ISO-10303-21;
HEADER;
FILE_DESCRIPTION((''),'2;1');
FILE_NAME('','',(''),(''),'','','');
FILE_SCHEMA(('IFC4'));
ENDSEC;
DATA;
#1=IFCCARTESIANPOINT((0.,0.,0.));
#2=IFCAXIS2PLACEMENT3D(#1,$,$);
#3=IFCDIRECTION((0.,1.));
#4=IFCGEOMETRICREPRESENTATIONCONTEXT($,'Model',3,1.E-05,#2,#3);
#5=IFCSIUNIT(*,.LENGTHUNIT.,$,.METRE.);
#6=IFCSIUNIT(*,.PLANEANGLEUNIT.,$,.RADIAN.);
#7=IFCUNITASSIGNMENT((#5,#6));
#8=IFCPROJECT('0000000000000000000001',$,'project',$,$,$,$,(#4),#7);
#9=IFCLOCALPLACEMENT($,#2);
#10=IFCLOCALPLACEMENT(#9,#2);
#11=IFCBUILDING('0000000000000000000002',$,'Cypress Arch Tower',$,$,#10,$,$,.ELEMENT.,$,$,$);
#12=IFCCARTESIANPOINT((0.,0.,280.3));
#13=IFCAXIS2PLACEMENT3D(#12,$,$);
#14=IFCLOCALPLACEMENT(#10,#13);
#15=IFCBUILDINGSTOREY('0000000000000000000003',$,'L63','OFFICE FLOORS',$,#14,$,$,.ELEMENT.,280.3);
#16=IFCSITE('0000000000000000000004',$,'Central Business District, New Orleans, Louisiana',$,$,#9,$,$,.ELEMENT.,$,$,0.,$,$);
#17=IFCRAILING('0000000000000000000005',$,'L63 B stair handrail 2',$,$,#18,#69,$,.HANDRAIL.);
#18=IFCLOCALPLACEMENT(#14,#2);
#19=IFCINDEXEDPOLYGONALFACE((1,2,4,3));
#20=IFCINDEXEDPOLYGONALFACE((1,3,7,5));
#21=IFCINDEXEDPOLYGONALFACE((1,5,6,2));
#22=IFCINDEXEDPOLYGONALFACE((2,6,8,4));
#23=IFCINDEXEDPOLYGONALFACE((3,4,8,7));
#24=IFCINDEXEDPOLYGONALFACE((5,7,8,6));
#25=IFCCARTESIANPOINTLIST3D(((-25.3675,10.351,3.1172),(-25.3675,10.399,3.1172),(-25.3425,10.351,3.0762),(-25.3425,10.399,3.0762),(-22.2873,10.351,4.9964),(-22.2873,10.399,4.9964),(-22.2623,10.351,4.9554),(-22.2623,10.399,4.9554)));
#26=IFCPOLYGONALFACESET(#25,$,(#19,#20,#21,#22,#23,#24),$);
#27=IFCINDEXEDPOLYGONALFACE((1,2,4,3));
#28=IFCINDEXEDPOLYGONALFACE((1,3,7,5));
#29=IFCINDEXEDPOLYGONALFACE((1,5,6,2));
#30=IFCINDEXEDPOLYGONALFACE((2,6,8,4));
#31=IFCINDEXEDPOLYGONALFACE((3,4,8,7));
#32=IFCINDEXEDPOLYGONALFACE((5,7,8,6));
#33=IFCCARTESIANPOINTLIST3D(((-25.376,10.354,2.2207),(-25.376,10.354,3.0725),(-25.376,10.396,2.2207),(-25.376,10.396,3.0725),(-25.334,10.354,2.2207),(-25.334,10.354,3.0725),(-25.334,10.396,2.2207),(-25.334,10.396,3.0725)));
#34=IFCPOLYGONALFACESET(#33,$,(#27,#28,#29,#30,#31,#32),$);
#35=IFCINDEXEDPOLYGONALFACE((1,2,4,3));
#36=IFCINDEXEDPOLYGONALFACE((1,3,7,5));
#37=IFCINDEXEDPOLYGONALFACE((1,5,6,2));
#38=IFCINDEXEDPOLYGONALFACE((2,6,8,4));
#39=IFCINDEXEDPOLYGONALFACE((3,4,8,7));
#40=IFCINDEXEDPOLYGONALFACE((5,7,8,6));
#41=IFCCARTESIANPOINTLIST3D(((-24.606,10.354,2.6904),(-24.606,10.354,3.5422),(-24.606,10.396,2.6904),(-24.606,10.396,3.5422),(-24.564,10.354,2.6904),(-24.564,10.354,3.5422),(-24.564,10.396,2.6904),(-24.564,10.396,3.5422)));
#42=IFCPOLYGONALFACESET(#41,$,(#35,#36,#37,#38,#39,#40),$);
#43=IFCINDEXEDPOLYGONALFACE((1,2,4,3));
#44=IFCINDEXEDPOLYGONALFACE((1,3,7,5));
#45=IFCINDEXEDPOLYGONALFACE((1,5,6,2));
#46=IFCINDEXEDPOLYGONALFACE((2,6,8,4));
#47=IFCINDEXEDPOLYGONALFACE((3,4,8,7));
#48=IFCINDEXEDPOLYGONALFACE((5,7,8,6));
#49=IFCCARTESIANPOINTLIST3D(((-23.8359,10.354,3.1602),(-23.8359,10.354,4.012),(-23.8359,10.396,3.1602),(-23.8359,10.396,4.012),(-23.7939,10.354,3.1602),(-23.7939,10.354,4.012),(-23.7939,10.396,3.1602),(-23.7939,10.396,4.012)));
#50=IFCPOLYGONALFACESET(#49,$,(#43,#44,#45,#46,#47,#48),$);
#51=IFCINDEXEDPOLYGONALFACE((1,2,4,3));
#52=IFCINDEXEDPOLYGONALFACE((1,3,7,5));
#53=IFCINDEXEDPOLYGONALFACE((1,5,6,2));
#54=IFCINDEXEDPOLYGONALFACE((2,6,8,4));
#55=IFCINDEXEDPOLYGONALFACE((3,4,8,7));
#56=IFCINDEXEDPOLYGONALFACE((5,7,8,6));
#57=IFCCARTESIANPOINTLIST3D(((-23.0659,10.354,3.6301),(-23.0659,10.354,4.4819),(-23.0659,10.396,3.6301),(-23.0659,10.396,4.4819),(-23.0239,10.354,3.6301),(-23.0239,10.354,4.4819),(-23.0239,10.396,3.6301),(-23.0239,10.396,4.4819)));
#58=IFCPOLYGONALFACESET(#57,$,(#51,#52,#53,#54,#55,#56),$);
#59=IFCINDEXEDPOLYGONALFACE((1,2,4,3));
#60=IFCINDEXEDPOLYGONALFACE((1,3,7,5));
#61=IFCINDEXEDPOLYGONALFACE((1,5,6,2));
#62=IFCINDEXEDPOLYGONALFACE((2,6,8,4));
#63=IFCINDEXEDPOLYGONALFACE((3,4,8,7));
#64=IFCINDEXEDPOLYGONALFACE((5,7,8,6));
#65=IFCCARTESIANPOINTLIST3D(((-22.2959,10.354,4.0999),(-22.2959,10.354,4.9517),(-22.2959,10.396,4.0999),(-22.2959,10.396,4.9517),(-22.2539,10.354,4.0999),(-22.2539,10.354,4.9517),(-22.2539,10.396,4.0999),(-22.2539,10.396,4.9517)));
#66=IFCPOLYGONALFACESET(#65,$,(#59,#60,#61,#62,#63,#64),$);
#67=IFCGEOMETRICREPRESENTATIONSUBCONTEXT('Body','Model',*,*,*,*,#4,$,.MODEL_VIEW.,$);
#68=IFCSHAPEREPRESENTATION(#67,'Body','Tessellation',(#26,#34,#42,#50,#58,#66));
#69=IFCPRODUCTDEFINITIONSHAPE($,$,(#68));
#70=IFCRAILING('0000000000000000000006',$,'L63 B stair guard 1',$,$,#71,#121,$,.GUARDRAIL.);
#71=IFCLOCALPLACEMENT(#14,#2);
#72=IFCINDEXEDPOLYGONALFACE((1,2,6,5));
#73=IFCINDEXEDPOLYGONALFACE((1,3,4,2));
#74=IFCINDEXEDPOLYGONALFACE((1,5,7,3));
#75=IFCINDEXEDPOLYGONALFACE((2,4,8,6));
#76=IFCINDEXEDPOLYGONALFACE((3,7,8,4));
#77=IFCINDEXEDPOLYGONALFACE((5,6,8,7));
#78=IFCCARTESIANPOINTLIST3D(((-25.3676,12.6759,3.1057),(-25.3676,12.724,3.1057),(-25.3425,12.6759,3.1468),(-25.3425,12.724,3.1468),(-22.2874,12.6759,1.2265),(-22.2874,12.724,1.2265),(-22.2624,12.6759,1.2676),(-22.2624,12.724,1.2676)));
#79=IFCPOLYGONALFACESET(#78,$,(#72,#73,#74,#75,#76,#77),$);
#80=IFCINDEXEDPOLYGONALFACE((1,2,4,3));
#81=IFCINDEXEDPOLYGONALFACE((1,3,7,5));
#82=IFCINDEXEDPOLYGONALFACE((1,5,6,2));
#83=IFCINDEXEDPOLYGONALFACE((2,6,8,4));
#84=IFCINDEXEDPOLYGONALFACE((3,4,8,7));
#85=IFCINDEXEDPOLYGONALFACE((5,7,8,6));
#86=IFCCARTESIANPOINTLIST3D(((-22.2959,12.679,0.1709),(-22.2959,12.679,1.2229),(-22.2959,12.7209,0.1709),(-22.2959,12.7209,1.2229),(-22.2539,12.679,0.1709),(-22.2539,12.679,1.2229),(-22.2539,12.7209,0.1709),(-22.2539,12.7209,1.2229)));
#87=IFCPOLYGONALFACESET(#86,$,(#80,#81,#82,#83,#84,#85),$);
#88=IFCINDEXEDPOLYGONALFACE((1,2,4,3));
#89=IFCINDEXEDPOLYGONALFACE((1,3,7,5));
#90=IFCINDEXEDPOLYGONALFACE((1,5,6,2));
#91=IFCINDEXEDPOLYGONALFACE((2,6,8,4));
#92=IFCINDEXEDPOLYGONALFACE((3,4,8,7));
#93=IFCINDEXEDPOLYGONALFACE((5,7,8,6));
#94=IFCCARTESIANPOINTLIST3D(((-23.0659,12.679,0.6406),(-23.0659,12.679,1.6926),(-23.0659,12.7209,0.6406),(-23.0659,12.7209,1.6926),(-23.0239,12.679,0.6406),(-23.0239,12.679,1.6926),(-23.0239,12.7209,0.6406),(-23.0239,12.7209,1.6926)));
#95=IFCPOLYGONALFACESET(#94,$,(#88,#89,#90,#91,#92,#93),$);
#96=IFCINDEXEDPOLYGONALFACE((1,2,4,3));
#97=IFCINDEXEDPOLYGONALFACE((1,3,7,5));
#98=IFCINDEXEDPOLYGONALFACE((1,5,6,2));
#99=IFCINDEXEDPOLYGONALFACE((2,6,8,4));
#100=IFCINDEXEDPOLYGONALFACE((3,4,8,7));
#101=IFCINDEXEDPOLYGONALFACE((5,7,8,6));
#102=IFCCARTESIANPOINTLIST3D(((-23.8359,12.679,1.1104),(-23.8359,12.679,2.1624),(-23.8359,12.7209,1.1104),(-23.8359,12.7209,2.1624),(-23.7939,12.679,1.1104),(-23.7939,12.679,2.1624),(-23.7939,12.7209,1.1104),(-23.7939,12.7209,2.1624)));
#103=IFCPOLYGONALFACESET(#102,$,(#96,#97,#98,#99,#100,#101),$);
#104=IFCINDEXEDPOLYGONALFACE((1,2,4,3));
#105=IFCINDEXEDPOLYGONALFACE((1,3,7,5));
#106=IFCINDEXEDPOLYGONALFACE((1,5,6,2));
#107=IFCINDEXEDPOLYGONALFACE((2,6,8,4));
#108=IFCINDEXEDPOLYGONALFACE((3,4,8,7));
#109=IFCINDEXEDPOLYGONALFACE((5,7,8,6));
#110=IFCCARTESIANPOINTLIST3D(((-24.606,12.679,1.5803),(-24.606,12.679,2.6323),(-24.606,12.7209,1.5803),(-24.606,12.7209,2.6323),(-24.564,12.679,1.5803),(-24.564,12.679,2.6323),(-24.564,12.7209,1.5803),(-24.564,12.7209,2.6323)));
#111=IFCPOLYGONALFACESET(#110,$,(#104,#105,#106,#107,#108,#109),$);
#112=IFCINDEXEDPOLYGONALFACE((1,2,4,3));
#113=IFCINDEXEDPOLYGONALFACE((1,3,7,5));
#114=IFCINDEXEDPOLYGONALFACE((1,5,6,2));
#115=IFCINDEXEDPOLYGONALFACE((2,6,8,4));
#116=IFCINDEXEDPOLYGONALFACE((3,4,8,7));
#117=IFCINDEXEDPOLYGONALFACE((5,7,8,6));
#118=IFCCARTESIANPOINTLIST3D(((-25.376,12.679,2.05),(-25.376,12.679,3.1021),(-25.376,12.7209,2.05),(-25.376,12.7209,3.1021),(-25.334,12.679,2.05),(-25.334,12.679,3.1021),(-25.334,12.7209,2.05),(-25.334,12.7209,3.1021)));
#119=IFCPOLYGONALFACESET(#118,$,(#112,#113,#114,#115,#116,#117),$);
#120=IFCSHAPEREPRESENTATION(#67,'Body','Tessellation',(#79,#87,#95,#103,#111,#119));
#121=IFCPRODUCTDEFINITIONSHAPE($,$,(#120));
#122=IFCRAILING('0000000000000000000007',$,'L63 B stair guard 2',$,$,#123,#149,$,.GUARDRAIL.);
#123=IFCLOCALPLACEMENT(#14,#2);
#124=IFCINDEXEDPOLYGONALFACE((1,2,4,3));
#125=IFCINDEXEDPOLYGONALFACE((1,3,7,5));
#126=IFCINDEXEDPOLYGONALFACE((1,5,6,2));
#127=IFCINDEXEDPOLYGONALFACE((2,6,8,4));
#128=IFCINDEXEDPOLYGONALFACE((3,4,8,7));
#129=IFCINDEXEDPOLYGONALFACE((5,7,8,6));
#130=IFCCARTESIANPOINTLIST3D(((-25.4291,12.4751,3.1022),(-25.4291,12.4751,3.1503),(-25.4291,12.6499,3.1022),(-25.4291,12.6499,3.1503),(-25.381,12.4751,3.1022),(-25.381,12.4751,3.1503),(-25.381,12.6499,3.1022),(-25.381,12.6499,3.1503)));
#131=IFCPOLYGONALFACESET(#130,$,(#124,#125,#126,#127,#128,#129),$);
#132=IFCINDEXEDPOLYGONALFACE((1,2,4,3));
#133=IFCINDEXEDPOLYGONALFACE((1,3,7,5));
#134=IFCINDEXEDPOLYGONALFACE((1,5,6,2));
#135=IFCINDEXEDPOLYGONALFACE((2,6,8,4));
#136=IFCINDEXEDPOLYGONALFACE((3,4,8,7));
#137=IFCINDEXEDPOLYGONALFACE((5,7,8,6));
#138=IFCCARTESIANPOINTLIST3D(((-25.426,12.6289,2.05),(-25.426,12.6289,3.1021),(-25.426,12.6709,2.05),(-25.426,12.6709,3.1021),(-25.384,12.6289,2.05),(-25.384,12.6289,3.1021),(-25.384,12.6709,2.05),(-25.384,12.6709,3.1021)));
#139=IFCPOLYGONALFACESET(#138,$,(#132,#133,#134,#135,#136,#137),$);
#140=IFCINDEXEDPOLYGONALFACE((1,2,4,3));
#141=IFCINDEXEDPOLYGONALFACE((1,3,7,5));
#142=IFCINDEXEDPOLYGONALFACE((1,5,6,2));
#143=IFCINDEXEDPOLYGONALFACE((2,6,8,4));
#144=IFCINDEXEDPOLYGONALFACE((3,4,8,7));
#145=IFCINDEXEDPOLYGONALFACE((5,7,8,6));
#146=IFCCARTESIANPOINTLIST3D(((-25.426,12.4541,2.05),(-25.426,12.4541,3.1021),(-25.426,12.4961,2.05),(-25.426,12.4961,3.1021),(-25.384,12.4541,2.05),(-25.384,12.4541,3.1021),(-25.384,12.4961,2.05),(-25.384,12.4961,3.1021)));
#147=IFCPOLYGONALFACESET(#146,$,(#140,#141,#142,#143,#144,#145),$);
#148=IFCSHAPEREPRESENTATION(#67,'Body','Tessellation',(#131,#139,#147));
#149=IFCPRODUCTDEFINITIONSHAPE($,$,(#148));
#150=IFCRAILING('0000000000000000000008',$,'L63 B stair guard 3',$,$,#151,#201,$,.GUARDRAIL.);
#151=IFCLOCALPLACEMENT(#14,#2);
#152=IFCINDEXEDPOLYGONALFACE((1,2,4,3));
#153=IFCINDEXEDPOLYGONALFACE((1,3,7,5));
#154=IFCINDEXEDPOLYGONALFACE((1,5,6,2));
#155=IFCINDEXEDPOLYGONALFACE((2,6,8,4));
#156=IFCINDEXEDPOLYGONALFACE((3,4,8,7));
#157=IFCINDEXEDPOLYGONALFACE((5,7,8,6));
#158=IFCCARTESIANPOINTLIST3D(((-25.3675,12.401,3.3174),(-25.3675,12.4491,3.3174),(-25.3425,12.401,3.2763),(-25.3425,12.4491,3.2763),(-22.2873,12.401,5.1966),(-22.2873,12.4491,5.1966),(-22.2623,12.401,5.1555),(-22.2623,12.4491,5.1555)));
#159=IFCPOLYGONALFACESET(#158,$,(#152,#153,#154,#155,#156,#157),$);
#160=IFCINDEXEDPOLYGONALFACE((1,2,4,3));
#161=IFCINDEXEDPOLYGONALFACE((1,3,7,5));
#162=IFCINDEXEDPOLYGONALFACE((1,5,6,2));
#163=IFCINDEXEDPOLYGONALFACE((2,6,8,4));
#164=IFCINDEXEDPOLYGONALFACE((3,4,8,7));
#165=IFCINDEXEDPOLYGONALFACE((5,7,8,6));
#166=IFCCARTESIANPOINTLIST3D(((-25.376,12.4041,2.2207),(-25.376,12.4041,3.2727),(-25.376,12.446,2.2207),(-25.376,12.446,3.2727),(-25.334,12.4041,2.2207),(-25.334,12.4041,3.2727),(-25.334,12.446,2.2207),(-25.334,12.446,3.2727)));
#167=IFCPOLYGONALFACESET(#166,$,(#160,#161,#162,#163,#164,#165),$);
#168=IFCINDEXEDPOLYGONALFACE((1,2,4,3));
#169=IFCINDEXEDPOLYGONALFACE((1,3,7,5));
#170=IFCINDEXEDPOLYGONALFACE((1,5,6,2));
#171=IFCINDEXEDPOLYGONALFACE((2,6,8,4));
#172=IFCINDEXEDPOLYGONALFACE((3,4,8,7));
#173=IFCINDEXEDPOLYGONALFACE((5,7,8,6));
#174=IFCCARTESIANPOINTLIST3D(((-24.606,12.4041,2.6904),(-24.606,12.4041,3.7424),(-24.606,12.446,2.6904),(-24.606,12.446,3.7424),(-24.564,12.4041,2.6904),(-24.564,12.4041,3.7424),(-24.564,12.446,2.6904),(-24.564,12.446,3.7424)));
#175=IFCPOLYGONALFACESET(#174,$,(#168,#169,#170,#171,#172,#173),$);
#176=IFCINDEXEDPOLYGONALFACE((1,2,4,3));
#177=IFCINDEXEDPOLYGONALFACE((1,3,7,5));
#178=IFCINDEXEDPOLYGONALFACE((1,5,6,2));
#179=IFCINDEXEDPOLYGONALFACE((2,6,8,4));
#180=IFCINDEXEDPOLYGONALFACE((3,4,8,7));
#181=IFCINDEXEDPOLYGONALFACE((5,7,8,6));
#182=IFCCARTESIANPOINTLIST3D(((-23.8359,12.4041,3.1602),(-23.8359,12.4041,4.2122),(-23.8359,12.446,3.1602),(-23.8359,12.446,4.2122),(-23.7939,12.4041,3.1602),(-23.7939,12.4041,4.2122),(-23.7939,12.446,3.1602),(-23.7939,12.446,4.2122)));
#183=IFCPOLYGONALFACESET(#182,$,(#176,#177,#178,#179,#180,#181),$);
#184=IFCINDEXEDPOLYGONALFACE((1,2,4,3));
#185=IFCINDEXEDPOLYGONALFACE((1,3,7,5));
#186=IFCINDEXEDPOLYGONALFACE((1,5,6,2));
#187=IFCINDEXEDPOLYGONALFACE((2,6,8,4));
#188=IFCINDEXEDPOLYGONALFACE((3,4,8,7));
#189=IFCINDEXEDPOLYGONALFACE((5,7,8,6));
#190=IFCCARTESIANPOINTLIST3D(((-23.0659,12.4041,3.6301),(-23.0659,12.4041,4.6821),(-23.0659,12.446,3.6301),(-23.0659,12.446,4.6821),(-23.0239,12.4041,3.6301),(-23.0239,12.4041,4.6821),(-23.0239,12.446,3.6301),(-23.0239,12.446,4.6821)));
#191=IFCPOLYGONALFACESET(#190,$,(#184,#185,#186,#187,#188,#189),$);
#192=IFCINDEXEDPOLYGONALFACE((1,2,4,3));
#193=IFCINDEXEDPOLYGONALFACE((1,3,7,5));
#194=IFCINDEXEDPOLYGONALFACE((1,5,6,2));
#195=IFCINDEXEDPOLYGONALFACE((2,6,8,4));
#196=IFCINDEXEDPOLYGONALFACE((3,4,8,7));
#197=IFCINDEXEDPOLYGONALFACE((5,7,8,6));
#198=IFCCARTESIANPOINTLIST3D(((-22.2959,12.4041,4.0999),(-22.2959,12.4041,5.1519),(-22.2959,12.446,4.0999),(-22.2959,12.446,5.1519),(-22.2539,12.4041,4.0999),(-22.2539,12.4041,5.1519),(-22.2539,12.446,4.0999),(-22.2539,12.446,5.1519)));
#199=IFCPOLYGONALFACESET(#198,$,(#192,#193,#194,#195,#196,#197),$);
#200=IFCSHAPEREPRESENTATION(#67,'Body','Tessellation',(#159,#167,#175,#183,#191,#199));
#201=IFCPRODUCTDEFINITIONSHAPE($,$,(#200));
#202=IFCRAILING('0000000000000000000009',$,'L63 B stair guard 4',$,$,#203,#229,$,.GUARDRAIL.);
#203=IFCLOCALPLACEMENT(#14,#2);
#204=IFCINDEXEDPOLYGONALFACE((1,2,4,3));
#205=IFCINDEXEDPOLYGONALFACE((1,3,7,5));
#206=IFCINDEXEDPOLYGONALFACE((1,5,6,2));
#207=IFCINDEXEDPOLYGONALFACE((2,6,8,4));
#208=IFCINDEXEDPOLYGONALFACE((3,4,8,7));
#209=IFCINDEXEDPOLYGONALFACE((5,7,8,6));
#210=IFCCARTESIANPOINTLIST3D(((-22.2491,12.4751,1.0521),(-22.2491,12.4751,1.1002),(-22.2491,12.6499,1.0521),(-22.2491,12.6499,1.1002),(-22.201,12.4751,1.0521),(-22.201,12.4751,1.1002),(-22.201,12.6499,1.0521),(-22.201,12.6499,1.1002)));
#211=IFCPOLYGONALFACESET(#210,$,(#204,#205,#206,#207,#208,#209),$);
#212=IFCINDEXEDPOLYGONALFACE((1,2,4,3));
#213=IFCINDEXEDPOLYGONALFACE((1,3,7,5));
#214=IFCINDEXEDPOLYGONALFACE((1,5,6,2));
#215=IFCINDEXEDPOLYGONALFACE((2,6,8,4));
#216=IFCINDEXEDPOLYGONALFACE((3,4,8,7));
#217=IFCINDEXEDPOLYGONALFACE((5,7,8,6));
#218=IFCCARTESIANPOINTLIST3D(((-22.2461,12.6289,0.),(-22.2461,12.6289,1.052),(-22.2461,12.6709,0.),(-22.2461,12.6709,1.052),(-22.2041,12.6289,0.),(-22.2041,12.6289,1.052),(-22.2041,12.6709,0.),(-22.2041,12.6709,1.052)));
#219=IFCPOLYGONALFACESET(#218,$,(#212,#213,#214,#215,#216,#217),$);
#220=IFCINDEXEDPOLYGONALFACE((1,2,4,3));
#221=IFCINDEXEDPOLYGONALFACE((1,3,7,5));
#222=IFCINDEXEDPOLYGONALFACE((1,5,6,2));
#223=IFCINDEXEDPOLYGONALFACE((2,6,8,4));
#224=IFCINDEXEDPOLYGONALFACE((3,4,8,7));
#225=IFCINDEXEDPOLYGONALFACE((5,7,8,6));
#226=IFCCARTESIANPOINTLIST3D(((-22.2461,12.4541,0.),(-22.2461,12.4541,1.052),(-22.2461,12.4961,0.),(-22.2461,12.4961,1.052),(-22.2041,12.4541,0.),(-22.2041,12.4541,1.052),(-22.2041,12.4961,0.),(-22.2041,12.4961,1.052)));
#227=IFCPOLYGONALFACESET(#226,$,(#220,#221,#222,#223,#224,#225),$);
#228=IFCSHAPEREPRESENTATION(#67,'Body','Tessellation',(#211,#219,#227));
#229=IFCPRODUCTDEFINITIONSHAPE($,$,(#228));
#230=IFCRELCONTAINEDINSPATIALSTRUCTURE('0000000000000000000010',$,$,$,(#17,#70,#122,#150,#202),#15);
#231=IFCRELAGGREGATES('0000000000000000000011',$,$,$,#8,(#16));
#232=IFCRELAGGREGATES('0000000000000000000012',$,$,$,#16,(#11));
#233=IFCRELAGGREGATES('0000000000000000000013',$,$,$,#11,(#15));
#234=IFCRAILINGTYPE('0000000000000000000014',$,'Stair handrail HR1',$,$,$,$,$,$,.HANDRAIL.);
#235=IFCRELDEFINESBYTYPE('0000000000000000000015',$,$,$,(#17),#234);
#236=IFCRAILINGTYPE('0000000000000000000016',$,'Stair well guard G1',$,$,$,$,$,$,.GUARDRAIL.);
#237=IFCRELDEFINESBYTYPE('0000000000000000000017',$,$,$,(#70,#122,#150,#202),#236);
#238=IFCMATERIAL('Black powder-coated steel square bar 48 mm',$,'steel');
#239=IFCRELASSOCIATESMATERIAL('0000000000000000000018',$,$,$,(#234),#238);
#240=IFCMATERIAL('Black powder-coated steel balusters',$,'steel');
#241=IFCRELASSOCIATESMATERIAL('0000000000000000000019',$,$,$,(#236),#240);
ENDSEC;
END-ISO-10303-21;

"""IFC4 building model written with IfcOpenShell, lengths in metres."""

from ifc_helpers import new_model, si_unit, direction, frame, origin, origin_2d, place, context, subcontext, project, spatial, rectangle, extrude, material, type_object, element, save


model = new_model("IFC4")

# Units and contexts
model_context = context("Model", 3, precision=1e-05, world=origin(), true_north=direction((0.0, 1.0)))
body_context = subcontext(model_context, "Body", "Model", "MODEL_VIEW")
ifc_project = project(units=[si_unit("LENGTHUNIT", "METRE"), si_unit("PLANEANGLEUNIT", "RADIAN")], contexts=[model_context])

# Site, building, storey
site_placement = place(None, origin())
site = spatial("IfcSite", under=ifc_project, at=site_placement, Name="Central Business District, New Orleans, Louisiana", CompositionType="ELEMENT", RefElevation=0.0)
building_placement = place(site_placement, origin())
building = spatial("IfcBuilding", under=site, at=building_placement, Name="Cypress Arch Tower", CompositionType="ELEMENT")
storey_placement = place(building_placement, frame((0.0, 0.0, 280.3)))
storey = spatial("IfcBuildingStorey", under=building, at=storey_placement, Name="L63", Description="OFFICE FLOORS", CompositionType="ELEMENT", Elevation=280.3)

# Railings
ifc_material_1 = material(Name="Black powder-coated steel square bar 48 mm", Category="steel")
railing_type_1 = type_object("IfcRailingType", Name="Stair handrail HR1", PredefinedType="HANDRAIL", material=ifc_material_1)
railing_1_placement = place(storey_placement, frame((-25.355, 10.375, 2.2207)))
element("IfcRailing", 1, at=railing_1_placement, inside=storey, type_object=railing_type_1, Name="L63 B stair handrail 2", PredefinedType="HANDRAIL", context=body_context, shape_type="SweptSolid", body=[
    extrude(rectangle(XDim=0.0481, YDim=0.0481, at=origin_2d()), frame((0.0, 0.0, 0.876), z_axis=(0.853666, 0.0, 0.52082), x_axis=(0.0, 1.0, 0.0)), (0.0, 0.0, 1.0), 3.6082),
    extrude(rectangle(XDim=0.042, YDim=0.042, at=origin_2d()), origin(), (0.0, 0.0, 1.0), 0.8518),
    extrude(rectangle(XDim=0.042, YDim=0.042, at=origin_2d()), frame((0.77, 0.0, 0.4697)), (0.0, 0.0, 1.0), 0.8518),
    extrude(rectangle(XDim=0.042, YDim=0.042, at=origin_2d()), frame((1.54, 0.0, 0.9395)), (0.0, 0.0, 1.0), 0.8518),
    extrude(rectangle(XDim=0.042, YDim=0.042, at=origin_2d()), frame((2.3101, 0.0, 1.4094)), (0.0, 0.0, 1.0), 0.8518),
    extrude(rectangle(XDim=0.042, YDim=0.042, at=origin_2d()), frame((3.0801, 0.0, 1.8792)), (0.0, 0.0, 1.0), 0.8518),
])
ifc_material_2 = material(Name="Black powder-coated steel balusters", Category="steel")
railing_type_2 = type_object("IfcRailingType", Name="Stair well guard G1", PredefinedType="GUARDRAIL", material=ifc_material_2)
railing_2_placement = place(storey_placement, frame((-22.2749, 12.7, 0.1709)))
element("IfcRailing", 2, at=railing_2_placement, inside=storey, type_object=railing_type_2, Name="L63 B stair guard 1", PredefinedType="GUARDRAIL", context=body_context, shape_type="SweptSolid", body=[
    extrude(rectangle(XDim=0.0481, YDim=0.0481, at=origin_2d()), frame((0.0, 0.0, 1.0762), z_axis=(-0.853666, 0.0, 0.52082), x_axis=(0.0, -1.0, 0.0)), (0.0, 0.0, 1.0), 3.6082),
    extrude(rectangle(XDim=0.042, YDim=0.042, at=origin_2d()), origin(), (0.0, 0.0, 1.0), 1.052),
    extrude(rectangle(XDim=0.042, YDim=0.042, at=origin_2d()), frame((-0.77, 0.0, 0.4697)), (0.0, 0.0, 1.0), 1.052),
    extrude(rectangle(XDim=0.042, YDim=0.042, at=origin_2d()), frame((-1.54, 0.0, 0.9395)), (0.0, 0.0, 1.0), 1.052),
    extrude(rectangle(XDim=0.042, YDim=0.042, at=origin_2d()), frame((-2.3101, 0.0, 1.4094)), (0.0, 0.0, 1.0), 1.052),
    extrude(rectangle(XDim=0.042, YDim=0.042, at=origin_2d()), frame((-3.0801, 0.0, 1.8792)), (0.0, 0.0, 1.0), 1.052),
])
railing_3_placement = place(storey_placement, frame((-25.405, 12.6499, 2.05)))
element("IfcRailing", 3, at=railing_3_placement, inside=storey, type_object=railing_type_2, Name="L63 B stair guard 2", PredefinedType="GUARDRAIL", context=body_context, shape_type="SweptSolid", body=[
    extrude(rectangle(XDim=0.0481, YDim=0.0481, at=origin_2d()), frame((0.0, 0.0, 1.0762), z_axis=(0.0, -1.0, 0.0), x_axis=(1.0, 0.0, 0.0)), (0.0, 0.0, 1.0), 0.1748),
    extrude(rectangle(XDim=0.042, YDim=0.042, at=origin_2d()), origin(), (0.0, 0.0, 1.0), 1.052),
    extrude(rectangle(XDim=0.042, YDim=0.042, at=origin_2d()), frame((0.0, -0.1748, 0.0)), (0.0, 0.0, 1.0), 1.052),
])
railing_4_placement = place(storey_placement, frame((-25.355, 12.425, 2.2207)))
element("IfcRailing", 4, at=railing_4_placement, inside=storey, type_object=railing_type_2, Name="L63 B stair guard 3", PredefinedType="GUARDRAIL", context=body_context, shape_type="SweptSolid", body=[
    extrude(rectangle(XDim=0.0481, YDim=0.0481, at=origin_2d()), frame((0.0, 0.0, 1.0762), z_axis=(0.853666, 0.0, 0.52082), x_axis=(0.0, 1.0, 0.0)), (0.0, 0.0, 1.0), 3.6082),
    extrude(rectangle(XDim=0.042, YDim=0.042, at=origin_2d()), origin(), (0.0, 0.0, 1.0), 1.052),
    extrude(rectangle(XDim=0.042, YDim=0.042, at=origin_2d()), frame((0.77, 0.0, 0.4697)), (0.0, 0.0, 1.0), 1.052),
    extrude(rectangle(XDim=0.042, YDim=0.042, at=origin_2d()), frame((1.54, 0.0, 0.9395)), (0.0, 0.0, 1.0), 1.052),
    extrude(rectangle(XDim=0.042, YDim=0.042, at=origin_2d()), frame((2.3101, 0.0, 1.4094)), (0.0, 0.0, 1.0), 1.052),
    extrude(rectangle(XDim=0.042, YDim=0.042, at=origin_2d()), frame((3.0801, 0.0, 1.8792)), (0.0, 0.0, 1.0), 1.052),
])
railing_5_placement = place(storey_placement, frame((-22.2251, 12.6499, 0.0)))
element("IfcRailing", 5, at=railing_5_placement, inside=storey, type_object=railing_type_2, Name="L63 B stair guard 4", PredefinedType="GUARDRAIL", context=body_context, shape_type="SweptSolid", body=[
    extrude(rectangle(XDim=0.0481, YDim=0.0481, at=origin_2d()), frame((0.0, 0.0, 1.0762), z_axis=(0.0, -1.0, 0.0), x_axis=(1.0, 0.0, 0.0)), (0.0, 0.0, 1.0), 0.1748),
    extrude(rectangle(XDim=0.042, YDim=0.042, at=origin_2d()), origin(), (0.0, 0.0, 1.0), 1.052),
    extrude(rectangle(XDim=0.042, YDim=0.042, at=origin_2d()), frame((0.0, -0.1748, 0.0)), (0.0, 0.0, 1.0), 1.052),
])

save(model, "model.ifc")
